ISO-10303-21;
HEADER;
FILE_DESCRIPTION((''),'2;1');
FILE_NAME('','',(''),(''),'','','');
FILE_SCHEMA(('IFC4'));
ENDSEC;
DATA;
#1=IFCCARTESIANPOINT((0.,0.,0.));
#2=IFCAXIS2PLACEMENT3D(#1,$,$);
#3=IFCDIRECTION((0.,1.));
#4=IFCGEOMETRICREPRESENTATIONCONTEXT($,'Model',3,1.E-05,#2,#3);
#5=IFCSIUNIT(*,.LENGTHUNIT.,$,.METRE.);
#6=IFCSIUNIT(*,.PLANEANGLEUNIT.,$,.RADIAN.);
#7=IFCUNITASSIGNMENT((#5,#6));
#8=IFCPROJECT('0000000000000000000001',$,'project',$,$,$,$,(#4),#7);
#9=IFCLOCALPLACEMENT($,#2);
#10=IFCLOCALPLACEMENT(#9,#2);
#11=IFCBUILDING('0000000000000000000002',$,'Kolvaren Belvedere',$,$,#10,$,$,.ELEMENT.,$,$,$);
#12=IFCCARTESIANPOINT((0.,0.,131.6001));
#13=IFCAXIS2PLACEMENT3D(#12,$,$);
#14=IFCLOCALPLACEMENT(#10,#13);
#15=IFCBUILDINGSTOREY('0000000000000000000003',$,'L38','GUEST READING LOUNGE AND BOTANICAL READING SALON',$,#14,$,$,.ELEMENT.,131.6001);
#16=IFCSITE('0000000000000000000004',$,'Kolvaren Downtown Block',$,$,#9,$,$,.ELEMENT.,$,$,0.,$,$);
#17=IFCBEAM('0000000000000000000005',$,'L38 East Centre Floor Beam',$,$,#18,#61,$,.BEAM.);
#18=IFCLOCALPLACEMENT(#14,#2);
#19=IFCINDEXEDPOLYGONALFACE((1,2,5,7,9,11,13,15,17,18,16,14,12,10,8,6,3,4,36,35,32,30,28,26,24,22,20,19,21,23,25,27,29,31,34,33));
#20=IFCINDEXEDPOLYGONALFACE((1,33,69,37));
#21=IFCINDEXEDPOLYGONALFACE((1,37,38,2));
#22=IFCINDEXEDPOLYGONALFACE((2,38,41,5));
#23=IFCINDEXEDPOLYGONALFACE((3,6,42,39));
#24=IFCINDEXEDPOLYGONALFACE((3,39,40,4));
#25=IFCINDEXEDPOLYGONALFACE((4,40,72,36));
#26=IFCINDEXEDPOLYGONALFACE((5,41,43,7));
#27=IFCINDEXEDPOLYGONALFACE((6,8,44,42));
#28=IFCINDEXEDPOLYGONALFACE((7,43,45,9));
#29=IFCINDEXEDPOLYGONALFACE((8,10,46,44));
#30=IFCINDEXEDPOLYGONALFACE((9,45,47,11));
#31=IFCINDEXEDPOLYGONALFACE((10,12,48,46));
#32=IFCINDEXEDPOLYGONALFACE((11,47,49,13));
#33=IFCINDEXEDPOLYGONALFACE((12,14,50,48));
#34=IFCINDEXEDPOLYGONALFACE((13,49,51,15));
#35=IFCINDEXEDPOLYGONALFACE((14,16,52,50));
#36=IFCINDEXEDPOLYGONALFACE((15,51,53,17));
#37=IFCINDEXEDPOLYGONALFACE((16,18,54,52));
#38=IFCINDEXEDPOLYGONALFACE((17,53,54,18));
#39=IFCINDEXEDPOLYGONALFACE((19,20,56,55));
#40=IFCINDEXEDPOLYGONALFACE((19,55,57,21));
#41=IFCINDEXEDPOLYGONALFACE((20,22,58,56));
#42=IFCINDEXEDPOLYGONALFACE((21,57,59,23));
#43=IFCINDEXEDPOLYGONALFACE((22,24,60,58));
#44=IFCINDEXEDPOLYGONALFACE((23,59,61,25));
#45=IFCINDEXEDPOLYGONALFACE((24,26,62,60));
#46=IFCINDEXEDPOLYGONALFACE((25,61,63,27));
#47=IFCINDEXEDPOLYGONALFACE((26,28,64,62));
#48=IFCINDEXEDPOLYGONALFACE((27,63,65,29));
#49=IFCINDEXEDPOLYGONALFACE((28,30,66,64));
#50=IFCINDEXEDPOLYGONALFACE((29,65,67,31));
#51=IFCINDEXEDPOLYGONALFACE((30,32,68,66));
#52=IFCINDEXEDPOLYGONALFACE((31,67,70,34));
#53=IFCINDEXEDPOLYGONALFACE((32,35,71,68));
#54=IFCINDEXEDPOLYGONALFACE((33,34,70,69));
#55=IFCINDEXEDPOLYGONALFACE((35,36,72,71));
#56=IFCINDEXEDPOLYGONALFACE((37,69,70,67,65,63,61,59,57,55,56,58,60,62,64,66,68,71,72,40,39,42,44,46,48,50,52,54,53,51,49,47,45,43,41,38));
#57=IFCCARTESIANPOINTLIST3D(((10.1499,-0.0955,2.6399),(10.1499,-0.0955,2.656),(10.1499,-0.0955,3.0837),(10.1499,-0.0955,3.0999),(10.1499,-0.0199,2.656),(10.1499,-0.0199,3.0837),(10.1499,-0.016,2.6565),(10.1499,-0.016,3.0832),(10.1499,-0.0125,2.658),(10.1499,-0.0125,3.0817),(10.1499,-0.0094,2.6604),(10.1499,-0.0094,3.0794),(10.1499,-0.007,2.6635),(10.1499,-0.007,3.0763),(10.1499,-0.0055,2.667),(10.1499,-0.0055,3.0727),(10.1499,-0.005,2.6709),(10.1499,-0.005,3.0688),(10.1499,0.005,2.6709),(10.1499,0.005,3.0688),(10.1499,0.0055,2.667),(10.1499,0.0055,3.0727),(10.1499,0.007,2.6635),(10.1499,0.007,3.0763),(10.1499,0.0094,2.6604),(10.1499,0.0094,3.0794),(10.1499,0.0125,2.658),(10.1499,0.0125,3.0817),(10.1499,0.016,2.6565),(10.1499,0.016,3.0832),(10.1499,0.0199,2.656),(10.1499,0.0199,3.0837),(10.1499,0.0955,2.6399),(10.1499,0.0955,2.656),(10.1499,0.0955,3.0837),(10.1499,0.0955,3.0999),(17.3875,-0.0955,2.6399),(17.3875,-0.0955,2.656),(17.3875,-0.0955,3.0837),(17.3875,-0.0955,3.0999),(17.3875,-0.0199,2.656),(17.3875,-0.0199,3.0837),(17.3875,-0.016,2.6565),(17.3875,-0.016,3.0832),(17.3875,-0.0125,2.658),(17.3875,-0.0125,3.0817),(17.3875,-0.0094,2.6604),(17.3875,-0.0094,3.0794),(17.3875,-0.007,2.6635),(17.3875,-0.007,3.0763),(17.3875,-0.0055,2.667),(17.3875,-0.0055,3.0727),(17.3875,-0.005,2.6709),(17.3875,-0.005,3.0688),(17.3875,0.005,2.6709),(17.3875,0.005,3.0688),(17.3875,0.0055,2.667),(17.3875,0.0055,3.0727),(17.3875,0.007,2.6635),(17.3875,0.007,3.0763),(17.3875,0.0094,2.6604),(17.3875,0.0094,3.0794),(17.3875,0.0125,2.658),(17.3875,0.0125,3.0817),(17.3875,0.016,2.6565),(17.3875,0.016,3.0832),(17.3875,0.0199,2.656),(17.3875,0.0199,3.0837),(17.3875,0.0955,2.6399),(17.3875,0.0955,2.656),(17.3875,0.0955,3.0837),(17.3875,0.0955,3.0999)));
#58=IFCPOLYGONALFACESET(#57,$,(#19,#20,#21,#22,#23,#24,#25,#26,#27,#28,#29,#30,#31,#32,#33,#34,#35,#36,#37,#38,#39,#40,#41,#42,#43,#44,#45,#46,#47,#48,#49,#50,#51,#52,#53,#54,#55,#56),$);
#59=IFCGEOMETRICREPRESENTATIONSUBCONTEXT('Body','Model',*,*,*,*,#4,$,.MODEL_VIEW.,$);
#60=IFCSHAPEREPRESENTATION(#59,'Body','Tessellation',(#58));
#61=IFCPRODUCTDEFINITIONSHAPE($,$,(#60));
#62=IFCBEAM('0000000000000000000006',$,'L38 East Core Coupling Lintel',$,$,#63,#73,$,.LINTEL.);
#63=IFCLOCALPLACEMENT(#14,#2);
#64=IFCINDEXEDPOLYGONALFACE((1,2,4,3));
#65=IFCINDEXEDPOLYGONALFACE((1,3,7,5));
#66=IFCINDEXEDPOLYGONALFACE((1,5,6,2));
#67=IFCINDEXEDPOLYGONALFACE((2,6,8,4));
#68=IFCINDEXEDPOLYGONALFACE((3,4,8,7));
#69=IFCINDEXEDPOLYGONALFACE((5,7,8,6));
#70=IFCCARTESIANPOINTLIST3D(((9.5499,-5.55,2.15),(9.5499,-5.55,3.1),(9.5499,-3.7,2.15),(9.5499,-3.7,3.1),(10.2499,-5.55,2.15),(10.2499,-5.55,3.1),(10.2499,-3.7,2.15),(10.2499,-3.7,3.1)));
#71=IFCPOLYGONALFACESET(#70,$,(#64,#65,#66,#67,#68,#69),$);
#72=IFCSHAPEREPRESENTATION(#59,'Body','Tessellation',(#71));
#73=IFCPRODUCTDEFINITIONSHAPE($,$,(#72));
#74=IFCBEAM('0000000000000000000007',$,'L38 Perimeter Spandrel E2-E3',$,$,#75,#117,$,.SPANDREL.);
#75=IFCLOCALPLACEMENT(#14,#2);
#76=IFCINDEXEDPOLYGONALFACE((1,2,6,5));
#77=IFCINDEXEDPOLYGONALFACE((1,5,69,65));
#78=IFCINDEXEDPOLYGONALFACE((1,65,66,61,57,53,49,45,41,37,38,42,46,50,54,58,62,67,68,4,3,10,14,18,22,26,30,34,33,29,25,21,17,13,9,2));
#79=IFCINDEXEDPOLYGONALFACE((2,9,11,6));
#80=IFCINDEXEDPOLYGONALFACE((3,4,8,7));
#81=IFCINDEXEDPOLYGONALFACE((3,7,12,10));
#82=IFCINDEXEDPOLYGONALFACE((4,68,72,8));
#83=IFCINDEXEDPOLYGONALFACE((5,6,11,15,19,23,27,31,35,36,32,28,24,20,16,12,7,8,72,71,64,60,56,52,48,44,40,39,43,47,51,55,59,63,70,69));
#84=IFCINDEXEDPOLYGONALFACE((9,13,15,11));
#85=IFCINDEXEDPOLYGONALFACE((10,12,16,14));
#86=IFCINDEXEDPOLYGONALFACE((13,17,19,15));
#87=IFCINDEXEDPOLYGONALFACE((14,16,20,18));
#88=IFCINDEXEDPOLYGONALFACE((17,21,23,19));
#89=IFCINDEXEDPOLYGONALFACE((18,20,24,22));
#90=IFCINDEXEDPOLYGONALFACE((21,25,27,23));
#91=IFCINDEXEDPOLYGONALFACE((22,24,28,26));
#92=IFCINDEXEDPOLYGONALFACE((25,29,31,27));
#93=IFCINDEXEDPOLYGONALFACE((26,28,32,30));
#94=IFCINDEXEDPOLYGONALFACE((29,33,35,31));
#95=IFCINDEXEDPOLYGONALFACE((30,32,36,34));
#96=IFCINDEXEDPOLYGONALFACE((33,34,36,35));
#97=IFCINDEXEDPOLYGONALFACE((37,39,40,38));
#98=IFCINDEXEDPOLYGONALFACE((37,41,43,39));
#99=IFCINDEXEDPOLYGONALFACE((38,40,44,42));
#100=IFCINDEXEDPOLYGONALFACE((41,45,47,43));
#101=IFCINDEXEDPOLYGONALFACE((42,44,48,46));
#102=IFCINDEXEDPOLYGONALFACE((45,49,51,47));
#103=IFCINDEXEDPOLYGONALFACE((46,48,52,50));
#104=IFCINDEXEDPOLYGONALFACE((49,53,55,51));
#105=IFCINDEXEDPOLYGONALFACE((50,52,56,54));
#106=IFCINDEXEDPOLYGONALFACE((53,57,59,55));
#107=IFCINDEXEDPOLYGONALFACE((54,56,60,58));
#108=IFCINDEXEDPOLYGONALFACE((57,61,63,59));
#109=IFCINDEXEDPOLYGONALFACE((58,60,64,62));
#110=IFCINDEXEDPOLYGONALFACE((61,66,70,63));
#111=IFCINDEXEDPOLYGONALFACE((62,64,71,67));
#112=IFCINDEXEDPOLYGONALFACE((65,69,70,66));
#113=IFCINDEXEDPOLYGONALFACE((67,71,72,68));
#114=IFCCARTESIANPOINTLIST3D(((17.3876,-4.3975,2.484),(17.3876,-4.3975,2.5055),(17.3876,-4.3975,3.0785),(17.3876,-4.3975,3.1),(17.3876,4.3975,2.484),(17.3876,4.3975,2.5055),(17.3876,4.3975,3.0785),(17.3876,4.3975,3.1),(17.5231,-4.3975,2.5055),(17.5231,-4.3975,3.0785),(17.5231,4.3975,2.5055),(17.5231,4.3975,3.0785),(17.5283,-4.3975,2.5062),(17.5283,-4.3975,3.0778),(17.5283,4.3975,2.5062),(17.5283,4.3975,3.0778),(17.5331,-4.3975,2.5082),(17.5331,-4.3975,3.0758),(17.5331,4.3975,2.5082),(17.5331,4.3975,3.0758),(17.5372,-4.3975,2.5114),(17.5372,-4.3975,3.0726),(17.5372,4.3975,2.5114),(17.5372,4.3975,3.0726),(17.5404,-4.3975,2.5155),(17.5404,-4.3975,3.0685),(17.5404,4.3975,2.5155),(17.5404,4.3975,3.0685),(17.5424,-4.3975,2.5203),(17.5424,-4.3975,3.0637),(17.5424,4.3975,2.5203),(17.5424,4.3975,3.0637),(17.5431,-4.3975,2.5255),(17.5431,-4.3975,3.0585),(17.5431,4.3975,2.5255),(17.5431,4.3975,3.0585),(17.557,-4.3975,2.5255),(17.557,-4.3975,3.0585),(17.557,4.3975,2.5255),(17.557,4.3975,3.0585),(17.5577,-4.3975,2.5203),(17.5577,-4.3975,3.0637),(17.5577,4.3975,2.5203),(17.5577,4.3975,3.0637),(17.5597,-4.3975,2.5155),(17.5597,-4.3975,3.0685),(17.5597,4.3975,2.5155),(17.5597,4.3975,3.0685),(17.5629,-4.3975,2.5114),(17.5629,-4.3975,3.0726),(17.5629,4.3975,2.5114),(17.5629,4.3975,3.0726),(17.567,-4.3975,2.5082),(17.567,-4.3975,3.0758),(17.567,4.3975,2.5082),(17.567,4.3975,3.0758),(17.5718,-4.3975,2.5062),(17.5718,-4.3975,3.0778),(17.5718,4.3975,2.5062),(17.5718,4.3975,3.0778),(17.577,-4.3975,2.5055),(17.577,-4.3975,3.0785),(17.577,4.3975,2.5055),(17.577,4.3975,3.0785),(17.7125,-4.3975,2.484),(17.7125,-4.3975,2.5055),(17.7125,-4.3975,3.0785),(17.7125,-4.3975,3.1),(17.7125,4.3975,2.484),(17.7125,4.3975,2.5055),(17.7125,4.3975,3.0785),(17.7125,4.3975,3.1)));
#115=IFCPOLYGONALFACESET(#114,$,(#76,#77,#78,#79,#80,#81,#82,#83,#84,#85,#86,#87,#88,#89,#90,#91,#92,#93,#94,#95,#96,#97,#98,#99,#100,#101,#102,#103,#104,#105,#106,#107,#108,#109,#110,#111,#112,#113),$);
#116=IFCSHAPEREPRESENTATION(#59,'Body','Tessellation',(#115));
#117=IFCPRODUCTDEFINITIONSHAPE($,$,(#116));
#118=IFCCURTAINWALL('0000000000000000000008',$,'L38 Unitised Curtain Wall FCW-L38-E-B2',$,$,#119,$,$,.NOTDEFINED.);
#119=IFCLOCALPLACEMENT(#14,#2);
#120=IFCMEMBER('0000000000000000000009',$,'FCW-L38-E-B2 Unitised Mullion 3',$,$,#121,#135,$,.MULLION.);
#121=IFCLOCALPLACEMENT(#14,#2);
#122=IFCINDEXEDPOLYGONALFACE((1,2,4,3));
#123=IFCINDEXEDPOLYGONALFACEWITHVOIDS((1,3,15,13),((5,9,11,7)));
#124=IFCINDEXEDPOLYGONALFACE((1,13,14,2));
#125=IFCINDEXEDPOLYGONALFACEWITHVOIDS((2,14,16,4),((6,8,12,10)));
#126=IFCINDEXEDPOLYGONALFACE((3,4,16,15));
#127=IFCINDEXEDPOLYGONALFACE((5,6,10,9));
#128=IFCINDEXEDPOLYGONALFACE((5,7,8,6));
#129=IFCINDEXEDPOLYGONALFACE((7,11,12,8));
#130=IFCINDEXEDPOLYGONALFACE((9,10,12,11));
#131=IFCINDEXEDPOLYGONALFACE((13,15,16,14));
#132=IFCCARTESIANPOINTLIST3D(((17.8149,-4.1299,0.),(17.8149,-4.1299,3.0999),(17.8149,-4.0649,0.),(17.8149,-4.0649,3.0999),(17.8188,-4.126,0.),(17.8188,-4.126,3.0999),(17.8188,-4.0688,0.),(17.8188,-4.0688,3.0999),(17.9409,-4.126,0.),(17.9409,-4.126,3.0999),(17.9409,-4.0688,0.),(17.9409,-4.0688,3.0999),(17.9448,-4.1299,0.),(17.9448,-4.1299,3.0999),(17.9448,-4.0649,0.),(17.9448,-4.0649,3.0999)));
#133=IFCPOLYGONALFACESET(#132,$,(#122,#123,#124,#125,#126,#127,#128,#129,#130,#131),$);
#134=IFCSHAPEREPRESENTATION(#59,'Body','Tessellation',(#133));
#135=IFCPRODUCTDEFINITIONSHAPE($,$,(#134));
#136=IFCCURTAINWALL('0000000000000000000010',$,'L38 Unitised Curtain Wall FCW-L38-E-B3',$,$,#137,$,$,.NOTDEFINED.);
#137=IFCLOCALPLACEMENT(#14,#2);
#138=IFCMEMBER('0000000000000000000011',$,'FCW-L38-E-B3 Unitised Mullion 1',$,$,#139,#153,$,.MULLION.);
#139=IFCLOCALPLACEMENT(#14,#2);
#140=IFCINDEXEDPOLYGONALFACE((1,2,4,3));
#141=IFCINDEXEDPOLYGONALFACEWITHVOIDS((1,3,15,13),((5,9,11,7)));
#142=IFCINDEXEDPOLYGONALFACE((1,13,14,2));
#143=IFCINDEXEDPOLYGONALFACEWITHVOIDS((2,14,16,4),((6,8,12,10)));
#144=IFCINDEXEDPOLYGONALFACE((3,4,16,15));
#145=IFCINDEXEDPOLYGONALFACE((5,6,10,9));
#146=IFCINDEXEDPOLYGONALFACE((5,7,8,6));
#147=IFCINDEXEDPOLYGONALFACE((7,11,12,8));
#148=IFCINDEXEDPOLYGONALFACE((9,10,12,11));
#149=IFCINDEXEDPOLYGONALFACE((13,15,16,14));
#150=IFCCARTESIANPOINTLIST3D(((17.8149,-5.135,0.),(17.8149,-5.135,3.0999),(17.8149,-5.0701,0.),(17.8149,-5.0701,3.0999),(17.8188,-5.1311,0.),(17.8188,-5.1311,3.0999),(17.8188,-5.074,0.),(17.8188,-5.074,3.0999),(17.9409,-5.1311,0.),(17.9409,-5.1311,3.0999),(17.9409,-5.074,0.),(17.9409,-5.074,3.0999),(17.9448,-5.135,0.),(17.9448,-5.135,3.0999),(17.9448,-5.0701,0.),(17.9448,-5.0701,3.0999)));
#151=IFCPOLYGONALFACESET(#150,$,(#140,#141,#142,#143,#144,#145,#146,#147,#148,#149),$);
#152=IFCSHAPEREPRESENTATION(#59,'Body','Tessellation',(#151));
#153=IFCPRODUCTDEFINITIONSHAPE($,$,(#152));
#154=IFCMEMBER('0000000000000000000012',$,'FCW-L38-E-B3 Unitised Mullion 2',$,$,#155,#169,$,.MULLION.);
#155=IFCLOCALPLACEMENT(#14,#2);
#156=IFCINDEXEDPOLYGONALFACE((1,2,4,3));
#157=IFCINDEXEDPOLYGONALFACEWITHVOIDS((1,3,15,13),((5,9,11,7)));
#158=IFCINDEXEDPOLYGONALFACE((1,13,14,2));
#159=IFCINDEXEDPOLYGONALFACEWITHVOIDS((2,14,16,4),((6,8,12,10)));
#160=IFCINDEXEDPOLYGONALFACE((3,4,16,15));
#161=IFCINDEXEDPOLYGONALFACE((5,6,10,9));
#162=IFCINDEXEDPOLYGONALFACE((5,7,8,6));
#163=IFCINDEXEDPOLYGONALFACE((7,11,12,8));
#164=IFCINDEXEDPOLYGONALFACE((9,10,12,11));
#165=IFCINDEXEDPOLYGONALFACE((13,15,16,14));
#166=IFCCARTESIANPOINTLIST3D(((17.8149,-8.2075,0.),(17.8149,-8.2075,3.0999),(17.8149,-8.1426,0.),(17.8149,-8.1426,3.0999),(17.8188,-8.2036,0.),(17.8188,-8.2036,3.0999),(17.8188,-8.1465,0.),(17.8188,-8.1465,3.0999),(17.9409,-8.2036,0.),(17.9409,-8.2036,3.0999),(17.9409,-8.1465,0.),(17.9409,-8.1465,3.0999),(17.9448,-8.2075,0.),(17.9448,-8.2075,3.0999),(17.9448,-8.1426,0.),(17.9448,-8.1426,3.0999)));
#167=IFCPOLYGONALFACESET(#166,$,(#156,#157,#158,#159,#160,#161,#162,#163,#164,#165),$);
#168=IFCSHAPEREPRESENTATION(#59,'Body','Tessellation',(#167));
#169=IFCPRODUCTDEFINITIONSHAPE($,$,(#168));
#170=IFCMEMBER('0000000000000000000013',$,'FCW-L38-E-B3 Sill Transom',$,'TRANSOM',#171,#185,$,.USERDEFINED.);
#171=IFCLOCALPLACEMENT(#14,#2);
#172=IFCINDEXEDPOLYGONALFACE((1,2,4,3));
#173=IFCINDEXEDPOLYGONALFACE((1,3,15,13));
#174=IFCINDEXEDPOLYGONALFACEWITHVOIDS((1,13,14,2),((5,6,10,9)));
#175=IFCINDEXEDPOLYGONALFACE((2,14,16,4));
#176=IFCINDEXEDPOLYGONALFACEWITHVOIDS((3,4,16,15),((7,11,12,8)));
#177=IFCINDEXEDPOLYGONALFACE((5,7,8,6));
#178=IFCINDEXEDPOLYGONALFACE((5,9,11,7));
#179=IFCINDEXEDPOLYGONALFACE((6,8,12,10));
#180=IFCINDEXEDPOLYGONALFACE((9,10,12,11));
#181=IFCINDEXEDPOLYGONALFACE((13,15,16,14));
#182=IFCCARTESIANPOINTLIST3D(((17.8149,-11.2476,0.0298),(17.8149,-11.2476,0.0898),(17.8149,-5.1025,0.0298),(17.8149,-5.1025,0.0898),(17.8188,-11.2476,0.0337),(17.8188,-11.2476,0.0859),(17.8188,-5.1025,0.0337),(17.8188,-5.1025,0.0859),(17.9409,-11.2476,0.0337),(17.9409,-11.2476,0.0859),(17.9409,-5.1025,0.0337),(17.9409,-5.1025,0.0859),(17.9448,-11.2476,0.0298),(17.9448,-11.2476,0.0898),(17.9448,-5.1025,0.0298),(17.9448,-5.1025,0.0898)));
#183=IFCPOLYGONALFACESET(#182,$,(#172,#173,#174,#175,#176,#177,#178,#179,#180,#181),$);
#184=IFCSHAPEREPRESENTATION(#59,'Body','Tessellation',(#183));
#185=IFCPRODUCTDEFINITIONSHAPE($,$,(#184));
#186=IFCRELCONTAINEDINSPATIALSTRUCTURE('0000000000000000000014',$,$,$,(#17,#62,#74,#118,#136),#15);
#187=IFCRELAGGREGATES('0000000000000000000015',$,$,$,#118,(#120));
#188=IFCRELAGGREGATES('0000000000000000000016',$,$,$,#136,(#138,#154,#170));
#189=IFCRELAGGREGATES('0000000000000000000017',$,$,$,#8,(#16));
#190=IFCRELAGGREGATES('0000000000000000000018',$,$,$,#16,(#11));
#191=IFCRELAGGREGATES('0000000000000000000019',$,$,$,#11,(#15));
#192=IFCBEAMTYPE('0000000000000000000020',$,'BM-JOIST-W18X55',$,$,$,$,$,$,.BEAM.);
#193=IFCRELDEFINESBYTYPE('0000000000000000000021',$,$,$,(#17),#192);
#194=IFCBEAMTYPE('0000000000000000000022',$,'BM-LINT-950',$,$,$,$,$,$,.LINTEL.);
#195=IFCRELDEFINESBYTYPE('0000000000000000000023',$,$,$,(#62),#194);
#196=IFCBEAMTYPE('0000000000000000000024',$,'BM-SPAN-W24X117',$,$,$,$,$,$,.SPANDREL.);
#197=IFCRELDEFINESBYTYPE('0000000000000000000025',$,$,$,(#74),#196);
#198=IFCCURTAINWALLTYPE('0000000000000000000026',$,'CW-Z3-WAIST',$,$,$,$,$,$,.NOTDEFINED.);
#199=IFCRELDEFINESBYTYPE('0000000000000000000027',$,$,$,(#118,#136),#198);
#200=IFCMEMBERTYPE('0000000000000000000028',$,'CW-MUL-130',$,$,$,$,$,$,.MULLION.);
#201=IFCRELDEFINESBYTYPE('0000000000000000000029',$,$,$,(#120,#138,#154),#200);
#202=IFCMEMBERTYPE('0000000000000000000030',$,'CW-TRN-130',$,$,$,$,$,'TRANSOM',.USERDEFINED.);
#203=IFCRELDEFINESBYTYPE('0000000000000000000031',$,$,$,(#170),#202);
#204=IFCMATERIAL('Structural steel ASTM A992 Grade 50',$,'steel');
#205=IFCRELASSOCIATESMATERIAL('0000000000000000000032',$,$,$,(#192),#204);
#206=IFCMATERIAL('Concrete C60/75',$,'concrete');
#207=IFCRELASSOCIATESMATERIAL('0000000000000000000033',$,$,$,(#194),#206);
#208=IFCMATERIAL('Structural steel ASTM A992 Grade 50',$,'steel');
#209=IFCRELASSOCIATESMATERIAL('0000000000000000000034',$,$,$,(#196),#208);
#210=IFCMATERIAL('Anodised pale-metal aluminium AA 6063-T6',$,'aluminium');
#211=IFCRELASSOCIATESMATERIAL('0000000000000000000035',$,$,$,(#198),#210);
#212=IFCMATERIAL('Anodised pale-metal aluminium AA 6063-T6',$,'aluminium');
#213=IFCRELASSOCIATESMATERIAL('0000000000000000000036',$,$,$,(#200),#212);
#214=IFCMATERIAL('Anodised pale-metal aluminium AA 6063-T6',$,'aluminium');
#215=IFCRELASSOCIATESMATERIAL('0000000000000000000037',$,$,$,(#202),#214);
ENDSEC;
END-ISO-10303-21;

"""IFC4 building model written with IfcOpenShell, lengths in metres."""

from ifc_helpers import new_model, si_unit, direction, frame, origin, origin_2d, place, context, subcontext, project, spatial, rectangle, hollow_rectangle, i_section, extrude, material, material_profile, profile_set, type_object, element, aggregate, save


model = new_model("IFC4")

# Units and contexts
model_context = context("Model", 3, precision=1e-05, world=origin(), true_north=direction((0.0, 1.0)))
body_context = subcontext(model_context, "Body", "Model", "MODEL_VIEW")
ifc_project = project(units=[si_unit("LENGTHUNIT", "METRE"), si_unit("PLANEANGLEUNIT", "RADIAN")], contexts=[model_context])

# Site, building, storey
site_placement = place(None, origin())
site = spatial("IfcSite", under=ifc_project, at=site_placement, Name="Kolvaren Downtown Block", CompositionType="ELEMENT", RefElevation=0.0)
building_placement = place(site_placement, origin())
building = spatial("IfcBuilding", under=site, at=building_placement, Name="Kolvaren Belvedere", CompositionType="ELEMENT")
storey_placement = place(building_placement, frame((0.0, 0.0, 131.6001)))
storey = spatial("IfcBuildingStorey", under=building, at=storey_placement, Name="L38", Description="GUEST READING LOUNGE AND BOTANICAL READING SALON", CompositionType="ELEMENT", Elevation=131.6001)

# Beams
ifc_material_1 = material(Name="Structural steel ASTM A992 Grade 50", Category="steel")
ifc_material_profile_1 = material_profile(ifc_material_1, i_section(OverallWidth=0.1909, OverallDepth=0.46, WebThickness=0.01, FlangeThickness=0.0161, FilletRadius=0.0149, at=origin_2d()), Name="W18X55")
ifc_profile_set_1 = profile_set([ifc_material_profile_1], Name="Structural steel ASTM A992 Grade 50")
beam_type_1 = type_object("IfcBeamType", Name="BM-JOIST-W18X55", PredefinedType="BEAM", material=ifc_profile_set_1)
beam_1_placement = place(storey_placement, frame((10.1499, 0.0, 2.8699), z_axis=(1.0, 0.0, 0.0), x_axis=(0.0, 1.0, 0.0)))
element("IfcBeam", 1, at=beam_1_placement, inside=storey, type_object=beam_type_1, Name="L38 East Centre Floor Beam", PredefinedType="BEAM", context=body_context, shape_type="SweptSolid", body=[
    extrude(i_section(OverallWidth=0.1909, OverallDepth=0.46, WebThickness=0.01, FlangeThickness=0.0161, FilletRadius=0.0149, at=origin_2d()), origin(), (0.0, 0.0, 1.0), 7.2375),
])
ifc_material_2 = material(Name="Concrete C60/75", Category="concrete")
ifc_material_profile_2 = material_profile(ifc_material_2, rectangle(XDim=0.7, YDim=0.95, at=origin_2d()), Name="RC 700X950")
ifc_profile_set_2 = profile_set([ifc_material_profile_2], Name="Concrete C60/75")
beam_type_2 = type_object("IfcBeamType", Name="BM-LINT-950", PredefinedType="LINTEL", material=ifc_profile_set_2)
beam_2_placement = place(storey_placement, frame((9.8999, -5.55, 2.625), z_axis=(0.0, 1.0, 0.0), x_axis=(-1.0, 0.0, 0.0)))
element("IfcBeam", 2, at=beam_2_placement, inside=storey, type_object=beam_type_2, Name="L38 East Core Coupling Lintel", PredefinedType="LINTEL", context=body_context, shape_type="SweptSolid", body=[
    extrude(rectangle(XDim=0.7, YDim=0.95, at=origin_2d()), origin(), (0.0, 0.0, 1.0), 1.8501),
])
ifc_material_3 = material(Name="Structural steel ASTM A992 Grade 50", Category="steel")
ifc_material_profile_3 = material_profile(ifc_material_3, i_section(OverallWidth=0.325, OverallDepth=0.616, WebThickness=0.0139, FlangeThickness=0.0215, FilletRadius=0.02, at=origin_2d()), Name="W24X117")
ifc_profile_set_3 = profile_set([ifc_material_profile_3], Name="Structural steel ASTM A992 Grade 50")
beam_type_3 = type_object("IfcBeamType", Name="BM-SPAN-W24X117", PredefinedType="SPANDREL", material=ifc_profile_set_3)
beam_3_placement = place(storey_placement, frame((17.55, -4.3975, 2.792), z_axis=(0.0, 1.0, 0.0), x_axis=(-1.0, 0.0, 0.0)))
element("IfcBeam", 3, at=beam_3_placement, inside=storey, type_object=beam_type_3, Name="L38 Perimeter Spandrel E2-E3", PredefinedType="SPANDREL", context=body_context, shape_type="SweptSolid", body=[
    extrude(i_section(OverallWidth=0.325, OverallDepth=0.616, WebThickness=0.0139, FlangeThickness=0.0215, FilletRadius=0.02, at=origin_2d()), origin(), (0.0, 0.0, 1.0), 8.7949),
])

# Curtain wall, member
ifc_material_4 = material(Name="Anodised pale-metal aluminium AA 6063-T6", Category="aluminium")
curtain_wall_type = type_object("IfcCurtainWallType", Name="CW-Z3-WAIST", PredefinedType="NOTDEFINED", material=ifc_material_4)
curtain_wall_1_placement = place(storey_placement, origin())
curtain_wall_1 = element("IfcCurtainWall", 4, at=curtain_wall_1_placement, inside=storey, type_object=curtain_wall_type, Name="L38 Unitised Curtain Wall FCW-L38-E-B2", PredefinedType="NOTDEFINED")
ifc_material_5 = material(Name="Anodised pale-metal aluminium AA 6063-T6", Category="aluminium")
ifc_material_profile_4 = material_profile(ifc_material_5, hollow_rectangle(XDim=0.0649, YDim=0.1299, WallThickness=0.0039, at=origin_2d()), Name="ALU-MUL-130X65")
ifc_profile_set_4 = profile_set([ifc_material_profile_4], Name="Anodised pale-metal aluminium AA 6063-T6")
member_type_1 = type_object("IfcMemberType", Name="CW-MUL-130", PredefinedType="MULLION", material=ifc_profile_set_4)
member_1_placement = place(storey_placement, frame((17.8799, -4.0974, 0.0), z_axis=(0.0, 0.0, 1.0), x_axis=(0.0, 1.0, 0.0)))
member_1 = element("IfcMember", 5, at=member_1_placement, type_object=member_type_1, Name="FCW-L38-E-B2 Unitised Mullion 3", PredefinedType="MULLION", context=body_context, shape_type="SweptSolid", body=[
    extrude(hollow_rectangle(XDim=0.0649, YDim=0.1299, WallThickness=0.0039, at=origin_2d()), origin(), (0.0, 0.0, 1.0), 3.0999),
])

# Curtain wall, members
curtain_wall_2_placement = place(storey_placement, origin())
curtain_wall_2 = element("IfcCurtainWall", 6, at=curtain_wall_2_placement, inside=storey, type_object=curtain_wall_type, Name="L38 Unitised Curtain Wall FCW-L38-E-B3", PredefinedType="NOTDEFINED")
member_2_placement = place(storey_placement, frame((17.8799, -5.1025, 0.0), z_axis=(0.0, 0.0, 1.0), x_axis=(0.0, 1.0, 0.0)))
member_2 = element("IfcMember", 7, at=member_2_placement, type_object=member_type_1, Name="FCW-L38-E-B3 Unitised Mullion 1", PredefinedType="MULLION", context=body_context, shape_type="SweptSolid", body=[
    extrude(hollow_rectangle(XDim=0.0649, YDim=0.1299, WallThickness=0.0039, at=origin_2d()), origin(), (0.0, 0.0, 1.0), 3.0999),
])
member_3_placement = place(storey_placement, frame((17.8799, -8.175, 0.0), z_axis=(0.0, 0.0, 1.0), x_axis=(0.0, 1.0, 0.0)))
member_3 = element("IfcMember", 8, at=member_3_placement, type_object=member_type_1, Name="FCW-L38-E-B3 Unitised Mullion 2", PredefinedType="MULLION", context=body_context, shape_type="SweptSolid", body=[
    extrude(hollow_rectangle(XDim=0.0649, YDim=0.1299, WallThickness=0.0039, at=origin_2d()), origin(), (0.0, 0.0, 1.0), 3.0999),
])
ifc_material_6 = material(Name="Anodised pale-metal aluminium AA 6063-T6", Category="aluminium")
ifc_material_profile_5 = material_profile(ifc_material_6, hollow_rectangle(XDim=0.0601, YDim=0.1299, WallThickness=0.0039, at=origin_2d()), Name="ALU-TRN-130X60")
ifc_profile_set_5 = profile_set([ifc_material_profile_5], Name="Anodised pale-metal aluminium AA 6063-T6")
member_type_2 = type_object("IfcMemberType", Name="CW-TRN-130", ElementType="TRANSOM", PredefinedType="USERDEFINED", material=ifc_profile_set_5)
member_4_placement = place(storey_placement, frame((17.8799, -5.1025, 0.0598), z_axis=(0.0, -1.0, 0.0), x_axis=(0.0, 0.0, 1.0)))
member_4 = element("IfcMember", 9, at=member_4_placement, type_object=member_type_2, Name="FCW-L38-E-B3 Sill Transom", ObjectType="TRANSOM", PredefinedType="USERDEFINED", context=body_context, shape_type="SweptSolid", body=[
    extrude(hollow_rectangle(XDim=0.0601, YDim=0.1299, WallThickness=0.0039, at=origin_2d()), origin(), (0.0, 0.0, 1.0), 6.145),
])

aggregate(curtain_wall_1, [member_1])
aggregate(curtain_wall_2, [member_2, member_3, member_4])

save(model, "model.ifc")
